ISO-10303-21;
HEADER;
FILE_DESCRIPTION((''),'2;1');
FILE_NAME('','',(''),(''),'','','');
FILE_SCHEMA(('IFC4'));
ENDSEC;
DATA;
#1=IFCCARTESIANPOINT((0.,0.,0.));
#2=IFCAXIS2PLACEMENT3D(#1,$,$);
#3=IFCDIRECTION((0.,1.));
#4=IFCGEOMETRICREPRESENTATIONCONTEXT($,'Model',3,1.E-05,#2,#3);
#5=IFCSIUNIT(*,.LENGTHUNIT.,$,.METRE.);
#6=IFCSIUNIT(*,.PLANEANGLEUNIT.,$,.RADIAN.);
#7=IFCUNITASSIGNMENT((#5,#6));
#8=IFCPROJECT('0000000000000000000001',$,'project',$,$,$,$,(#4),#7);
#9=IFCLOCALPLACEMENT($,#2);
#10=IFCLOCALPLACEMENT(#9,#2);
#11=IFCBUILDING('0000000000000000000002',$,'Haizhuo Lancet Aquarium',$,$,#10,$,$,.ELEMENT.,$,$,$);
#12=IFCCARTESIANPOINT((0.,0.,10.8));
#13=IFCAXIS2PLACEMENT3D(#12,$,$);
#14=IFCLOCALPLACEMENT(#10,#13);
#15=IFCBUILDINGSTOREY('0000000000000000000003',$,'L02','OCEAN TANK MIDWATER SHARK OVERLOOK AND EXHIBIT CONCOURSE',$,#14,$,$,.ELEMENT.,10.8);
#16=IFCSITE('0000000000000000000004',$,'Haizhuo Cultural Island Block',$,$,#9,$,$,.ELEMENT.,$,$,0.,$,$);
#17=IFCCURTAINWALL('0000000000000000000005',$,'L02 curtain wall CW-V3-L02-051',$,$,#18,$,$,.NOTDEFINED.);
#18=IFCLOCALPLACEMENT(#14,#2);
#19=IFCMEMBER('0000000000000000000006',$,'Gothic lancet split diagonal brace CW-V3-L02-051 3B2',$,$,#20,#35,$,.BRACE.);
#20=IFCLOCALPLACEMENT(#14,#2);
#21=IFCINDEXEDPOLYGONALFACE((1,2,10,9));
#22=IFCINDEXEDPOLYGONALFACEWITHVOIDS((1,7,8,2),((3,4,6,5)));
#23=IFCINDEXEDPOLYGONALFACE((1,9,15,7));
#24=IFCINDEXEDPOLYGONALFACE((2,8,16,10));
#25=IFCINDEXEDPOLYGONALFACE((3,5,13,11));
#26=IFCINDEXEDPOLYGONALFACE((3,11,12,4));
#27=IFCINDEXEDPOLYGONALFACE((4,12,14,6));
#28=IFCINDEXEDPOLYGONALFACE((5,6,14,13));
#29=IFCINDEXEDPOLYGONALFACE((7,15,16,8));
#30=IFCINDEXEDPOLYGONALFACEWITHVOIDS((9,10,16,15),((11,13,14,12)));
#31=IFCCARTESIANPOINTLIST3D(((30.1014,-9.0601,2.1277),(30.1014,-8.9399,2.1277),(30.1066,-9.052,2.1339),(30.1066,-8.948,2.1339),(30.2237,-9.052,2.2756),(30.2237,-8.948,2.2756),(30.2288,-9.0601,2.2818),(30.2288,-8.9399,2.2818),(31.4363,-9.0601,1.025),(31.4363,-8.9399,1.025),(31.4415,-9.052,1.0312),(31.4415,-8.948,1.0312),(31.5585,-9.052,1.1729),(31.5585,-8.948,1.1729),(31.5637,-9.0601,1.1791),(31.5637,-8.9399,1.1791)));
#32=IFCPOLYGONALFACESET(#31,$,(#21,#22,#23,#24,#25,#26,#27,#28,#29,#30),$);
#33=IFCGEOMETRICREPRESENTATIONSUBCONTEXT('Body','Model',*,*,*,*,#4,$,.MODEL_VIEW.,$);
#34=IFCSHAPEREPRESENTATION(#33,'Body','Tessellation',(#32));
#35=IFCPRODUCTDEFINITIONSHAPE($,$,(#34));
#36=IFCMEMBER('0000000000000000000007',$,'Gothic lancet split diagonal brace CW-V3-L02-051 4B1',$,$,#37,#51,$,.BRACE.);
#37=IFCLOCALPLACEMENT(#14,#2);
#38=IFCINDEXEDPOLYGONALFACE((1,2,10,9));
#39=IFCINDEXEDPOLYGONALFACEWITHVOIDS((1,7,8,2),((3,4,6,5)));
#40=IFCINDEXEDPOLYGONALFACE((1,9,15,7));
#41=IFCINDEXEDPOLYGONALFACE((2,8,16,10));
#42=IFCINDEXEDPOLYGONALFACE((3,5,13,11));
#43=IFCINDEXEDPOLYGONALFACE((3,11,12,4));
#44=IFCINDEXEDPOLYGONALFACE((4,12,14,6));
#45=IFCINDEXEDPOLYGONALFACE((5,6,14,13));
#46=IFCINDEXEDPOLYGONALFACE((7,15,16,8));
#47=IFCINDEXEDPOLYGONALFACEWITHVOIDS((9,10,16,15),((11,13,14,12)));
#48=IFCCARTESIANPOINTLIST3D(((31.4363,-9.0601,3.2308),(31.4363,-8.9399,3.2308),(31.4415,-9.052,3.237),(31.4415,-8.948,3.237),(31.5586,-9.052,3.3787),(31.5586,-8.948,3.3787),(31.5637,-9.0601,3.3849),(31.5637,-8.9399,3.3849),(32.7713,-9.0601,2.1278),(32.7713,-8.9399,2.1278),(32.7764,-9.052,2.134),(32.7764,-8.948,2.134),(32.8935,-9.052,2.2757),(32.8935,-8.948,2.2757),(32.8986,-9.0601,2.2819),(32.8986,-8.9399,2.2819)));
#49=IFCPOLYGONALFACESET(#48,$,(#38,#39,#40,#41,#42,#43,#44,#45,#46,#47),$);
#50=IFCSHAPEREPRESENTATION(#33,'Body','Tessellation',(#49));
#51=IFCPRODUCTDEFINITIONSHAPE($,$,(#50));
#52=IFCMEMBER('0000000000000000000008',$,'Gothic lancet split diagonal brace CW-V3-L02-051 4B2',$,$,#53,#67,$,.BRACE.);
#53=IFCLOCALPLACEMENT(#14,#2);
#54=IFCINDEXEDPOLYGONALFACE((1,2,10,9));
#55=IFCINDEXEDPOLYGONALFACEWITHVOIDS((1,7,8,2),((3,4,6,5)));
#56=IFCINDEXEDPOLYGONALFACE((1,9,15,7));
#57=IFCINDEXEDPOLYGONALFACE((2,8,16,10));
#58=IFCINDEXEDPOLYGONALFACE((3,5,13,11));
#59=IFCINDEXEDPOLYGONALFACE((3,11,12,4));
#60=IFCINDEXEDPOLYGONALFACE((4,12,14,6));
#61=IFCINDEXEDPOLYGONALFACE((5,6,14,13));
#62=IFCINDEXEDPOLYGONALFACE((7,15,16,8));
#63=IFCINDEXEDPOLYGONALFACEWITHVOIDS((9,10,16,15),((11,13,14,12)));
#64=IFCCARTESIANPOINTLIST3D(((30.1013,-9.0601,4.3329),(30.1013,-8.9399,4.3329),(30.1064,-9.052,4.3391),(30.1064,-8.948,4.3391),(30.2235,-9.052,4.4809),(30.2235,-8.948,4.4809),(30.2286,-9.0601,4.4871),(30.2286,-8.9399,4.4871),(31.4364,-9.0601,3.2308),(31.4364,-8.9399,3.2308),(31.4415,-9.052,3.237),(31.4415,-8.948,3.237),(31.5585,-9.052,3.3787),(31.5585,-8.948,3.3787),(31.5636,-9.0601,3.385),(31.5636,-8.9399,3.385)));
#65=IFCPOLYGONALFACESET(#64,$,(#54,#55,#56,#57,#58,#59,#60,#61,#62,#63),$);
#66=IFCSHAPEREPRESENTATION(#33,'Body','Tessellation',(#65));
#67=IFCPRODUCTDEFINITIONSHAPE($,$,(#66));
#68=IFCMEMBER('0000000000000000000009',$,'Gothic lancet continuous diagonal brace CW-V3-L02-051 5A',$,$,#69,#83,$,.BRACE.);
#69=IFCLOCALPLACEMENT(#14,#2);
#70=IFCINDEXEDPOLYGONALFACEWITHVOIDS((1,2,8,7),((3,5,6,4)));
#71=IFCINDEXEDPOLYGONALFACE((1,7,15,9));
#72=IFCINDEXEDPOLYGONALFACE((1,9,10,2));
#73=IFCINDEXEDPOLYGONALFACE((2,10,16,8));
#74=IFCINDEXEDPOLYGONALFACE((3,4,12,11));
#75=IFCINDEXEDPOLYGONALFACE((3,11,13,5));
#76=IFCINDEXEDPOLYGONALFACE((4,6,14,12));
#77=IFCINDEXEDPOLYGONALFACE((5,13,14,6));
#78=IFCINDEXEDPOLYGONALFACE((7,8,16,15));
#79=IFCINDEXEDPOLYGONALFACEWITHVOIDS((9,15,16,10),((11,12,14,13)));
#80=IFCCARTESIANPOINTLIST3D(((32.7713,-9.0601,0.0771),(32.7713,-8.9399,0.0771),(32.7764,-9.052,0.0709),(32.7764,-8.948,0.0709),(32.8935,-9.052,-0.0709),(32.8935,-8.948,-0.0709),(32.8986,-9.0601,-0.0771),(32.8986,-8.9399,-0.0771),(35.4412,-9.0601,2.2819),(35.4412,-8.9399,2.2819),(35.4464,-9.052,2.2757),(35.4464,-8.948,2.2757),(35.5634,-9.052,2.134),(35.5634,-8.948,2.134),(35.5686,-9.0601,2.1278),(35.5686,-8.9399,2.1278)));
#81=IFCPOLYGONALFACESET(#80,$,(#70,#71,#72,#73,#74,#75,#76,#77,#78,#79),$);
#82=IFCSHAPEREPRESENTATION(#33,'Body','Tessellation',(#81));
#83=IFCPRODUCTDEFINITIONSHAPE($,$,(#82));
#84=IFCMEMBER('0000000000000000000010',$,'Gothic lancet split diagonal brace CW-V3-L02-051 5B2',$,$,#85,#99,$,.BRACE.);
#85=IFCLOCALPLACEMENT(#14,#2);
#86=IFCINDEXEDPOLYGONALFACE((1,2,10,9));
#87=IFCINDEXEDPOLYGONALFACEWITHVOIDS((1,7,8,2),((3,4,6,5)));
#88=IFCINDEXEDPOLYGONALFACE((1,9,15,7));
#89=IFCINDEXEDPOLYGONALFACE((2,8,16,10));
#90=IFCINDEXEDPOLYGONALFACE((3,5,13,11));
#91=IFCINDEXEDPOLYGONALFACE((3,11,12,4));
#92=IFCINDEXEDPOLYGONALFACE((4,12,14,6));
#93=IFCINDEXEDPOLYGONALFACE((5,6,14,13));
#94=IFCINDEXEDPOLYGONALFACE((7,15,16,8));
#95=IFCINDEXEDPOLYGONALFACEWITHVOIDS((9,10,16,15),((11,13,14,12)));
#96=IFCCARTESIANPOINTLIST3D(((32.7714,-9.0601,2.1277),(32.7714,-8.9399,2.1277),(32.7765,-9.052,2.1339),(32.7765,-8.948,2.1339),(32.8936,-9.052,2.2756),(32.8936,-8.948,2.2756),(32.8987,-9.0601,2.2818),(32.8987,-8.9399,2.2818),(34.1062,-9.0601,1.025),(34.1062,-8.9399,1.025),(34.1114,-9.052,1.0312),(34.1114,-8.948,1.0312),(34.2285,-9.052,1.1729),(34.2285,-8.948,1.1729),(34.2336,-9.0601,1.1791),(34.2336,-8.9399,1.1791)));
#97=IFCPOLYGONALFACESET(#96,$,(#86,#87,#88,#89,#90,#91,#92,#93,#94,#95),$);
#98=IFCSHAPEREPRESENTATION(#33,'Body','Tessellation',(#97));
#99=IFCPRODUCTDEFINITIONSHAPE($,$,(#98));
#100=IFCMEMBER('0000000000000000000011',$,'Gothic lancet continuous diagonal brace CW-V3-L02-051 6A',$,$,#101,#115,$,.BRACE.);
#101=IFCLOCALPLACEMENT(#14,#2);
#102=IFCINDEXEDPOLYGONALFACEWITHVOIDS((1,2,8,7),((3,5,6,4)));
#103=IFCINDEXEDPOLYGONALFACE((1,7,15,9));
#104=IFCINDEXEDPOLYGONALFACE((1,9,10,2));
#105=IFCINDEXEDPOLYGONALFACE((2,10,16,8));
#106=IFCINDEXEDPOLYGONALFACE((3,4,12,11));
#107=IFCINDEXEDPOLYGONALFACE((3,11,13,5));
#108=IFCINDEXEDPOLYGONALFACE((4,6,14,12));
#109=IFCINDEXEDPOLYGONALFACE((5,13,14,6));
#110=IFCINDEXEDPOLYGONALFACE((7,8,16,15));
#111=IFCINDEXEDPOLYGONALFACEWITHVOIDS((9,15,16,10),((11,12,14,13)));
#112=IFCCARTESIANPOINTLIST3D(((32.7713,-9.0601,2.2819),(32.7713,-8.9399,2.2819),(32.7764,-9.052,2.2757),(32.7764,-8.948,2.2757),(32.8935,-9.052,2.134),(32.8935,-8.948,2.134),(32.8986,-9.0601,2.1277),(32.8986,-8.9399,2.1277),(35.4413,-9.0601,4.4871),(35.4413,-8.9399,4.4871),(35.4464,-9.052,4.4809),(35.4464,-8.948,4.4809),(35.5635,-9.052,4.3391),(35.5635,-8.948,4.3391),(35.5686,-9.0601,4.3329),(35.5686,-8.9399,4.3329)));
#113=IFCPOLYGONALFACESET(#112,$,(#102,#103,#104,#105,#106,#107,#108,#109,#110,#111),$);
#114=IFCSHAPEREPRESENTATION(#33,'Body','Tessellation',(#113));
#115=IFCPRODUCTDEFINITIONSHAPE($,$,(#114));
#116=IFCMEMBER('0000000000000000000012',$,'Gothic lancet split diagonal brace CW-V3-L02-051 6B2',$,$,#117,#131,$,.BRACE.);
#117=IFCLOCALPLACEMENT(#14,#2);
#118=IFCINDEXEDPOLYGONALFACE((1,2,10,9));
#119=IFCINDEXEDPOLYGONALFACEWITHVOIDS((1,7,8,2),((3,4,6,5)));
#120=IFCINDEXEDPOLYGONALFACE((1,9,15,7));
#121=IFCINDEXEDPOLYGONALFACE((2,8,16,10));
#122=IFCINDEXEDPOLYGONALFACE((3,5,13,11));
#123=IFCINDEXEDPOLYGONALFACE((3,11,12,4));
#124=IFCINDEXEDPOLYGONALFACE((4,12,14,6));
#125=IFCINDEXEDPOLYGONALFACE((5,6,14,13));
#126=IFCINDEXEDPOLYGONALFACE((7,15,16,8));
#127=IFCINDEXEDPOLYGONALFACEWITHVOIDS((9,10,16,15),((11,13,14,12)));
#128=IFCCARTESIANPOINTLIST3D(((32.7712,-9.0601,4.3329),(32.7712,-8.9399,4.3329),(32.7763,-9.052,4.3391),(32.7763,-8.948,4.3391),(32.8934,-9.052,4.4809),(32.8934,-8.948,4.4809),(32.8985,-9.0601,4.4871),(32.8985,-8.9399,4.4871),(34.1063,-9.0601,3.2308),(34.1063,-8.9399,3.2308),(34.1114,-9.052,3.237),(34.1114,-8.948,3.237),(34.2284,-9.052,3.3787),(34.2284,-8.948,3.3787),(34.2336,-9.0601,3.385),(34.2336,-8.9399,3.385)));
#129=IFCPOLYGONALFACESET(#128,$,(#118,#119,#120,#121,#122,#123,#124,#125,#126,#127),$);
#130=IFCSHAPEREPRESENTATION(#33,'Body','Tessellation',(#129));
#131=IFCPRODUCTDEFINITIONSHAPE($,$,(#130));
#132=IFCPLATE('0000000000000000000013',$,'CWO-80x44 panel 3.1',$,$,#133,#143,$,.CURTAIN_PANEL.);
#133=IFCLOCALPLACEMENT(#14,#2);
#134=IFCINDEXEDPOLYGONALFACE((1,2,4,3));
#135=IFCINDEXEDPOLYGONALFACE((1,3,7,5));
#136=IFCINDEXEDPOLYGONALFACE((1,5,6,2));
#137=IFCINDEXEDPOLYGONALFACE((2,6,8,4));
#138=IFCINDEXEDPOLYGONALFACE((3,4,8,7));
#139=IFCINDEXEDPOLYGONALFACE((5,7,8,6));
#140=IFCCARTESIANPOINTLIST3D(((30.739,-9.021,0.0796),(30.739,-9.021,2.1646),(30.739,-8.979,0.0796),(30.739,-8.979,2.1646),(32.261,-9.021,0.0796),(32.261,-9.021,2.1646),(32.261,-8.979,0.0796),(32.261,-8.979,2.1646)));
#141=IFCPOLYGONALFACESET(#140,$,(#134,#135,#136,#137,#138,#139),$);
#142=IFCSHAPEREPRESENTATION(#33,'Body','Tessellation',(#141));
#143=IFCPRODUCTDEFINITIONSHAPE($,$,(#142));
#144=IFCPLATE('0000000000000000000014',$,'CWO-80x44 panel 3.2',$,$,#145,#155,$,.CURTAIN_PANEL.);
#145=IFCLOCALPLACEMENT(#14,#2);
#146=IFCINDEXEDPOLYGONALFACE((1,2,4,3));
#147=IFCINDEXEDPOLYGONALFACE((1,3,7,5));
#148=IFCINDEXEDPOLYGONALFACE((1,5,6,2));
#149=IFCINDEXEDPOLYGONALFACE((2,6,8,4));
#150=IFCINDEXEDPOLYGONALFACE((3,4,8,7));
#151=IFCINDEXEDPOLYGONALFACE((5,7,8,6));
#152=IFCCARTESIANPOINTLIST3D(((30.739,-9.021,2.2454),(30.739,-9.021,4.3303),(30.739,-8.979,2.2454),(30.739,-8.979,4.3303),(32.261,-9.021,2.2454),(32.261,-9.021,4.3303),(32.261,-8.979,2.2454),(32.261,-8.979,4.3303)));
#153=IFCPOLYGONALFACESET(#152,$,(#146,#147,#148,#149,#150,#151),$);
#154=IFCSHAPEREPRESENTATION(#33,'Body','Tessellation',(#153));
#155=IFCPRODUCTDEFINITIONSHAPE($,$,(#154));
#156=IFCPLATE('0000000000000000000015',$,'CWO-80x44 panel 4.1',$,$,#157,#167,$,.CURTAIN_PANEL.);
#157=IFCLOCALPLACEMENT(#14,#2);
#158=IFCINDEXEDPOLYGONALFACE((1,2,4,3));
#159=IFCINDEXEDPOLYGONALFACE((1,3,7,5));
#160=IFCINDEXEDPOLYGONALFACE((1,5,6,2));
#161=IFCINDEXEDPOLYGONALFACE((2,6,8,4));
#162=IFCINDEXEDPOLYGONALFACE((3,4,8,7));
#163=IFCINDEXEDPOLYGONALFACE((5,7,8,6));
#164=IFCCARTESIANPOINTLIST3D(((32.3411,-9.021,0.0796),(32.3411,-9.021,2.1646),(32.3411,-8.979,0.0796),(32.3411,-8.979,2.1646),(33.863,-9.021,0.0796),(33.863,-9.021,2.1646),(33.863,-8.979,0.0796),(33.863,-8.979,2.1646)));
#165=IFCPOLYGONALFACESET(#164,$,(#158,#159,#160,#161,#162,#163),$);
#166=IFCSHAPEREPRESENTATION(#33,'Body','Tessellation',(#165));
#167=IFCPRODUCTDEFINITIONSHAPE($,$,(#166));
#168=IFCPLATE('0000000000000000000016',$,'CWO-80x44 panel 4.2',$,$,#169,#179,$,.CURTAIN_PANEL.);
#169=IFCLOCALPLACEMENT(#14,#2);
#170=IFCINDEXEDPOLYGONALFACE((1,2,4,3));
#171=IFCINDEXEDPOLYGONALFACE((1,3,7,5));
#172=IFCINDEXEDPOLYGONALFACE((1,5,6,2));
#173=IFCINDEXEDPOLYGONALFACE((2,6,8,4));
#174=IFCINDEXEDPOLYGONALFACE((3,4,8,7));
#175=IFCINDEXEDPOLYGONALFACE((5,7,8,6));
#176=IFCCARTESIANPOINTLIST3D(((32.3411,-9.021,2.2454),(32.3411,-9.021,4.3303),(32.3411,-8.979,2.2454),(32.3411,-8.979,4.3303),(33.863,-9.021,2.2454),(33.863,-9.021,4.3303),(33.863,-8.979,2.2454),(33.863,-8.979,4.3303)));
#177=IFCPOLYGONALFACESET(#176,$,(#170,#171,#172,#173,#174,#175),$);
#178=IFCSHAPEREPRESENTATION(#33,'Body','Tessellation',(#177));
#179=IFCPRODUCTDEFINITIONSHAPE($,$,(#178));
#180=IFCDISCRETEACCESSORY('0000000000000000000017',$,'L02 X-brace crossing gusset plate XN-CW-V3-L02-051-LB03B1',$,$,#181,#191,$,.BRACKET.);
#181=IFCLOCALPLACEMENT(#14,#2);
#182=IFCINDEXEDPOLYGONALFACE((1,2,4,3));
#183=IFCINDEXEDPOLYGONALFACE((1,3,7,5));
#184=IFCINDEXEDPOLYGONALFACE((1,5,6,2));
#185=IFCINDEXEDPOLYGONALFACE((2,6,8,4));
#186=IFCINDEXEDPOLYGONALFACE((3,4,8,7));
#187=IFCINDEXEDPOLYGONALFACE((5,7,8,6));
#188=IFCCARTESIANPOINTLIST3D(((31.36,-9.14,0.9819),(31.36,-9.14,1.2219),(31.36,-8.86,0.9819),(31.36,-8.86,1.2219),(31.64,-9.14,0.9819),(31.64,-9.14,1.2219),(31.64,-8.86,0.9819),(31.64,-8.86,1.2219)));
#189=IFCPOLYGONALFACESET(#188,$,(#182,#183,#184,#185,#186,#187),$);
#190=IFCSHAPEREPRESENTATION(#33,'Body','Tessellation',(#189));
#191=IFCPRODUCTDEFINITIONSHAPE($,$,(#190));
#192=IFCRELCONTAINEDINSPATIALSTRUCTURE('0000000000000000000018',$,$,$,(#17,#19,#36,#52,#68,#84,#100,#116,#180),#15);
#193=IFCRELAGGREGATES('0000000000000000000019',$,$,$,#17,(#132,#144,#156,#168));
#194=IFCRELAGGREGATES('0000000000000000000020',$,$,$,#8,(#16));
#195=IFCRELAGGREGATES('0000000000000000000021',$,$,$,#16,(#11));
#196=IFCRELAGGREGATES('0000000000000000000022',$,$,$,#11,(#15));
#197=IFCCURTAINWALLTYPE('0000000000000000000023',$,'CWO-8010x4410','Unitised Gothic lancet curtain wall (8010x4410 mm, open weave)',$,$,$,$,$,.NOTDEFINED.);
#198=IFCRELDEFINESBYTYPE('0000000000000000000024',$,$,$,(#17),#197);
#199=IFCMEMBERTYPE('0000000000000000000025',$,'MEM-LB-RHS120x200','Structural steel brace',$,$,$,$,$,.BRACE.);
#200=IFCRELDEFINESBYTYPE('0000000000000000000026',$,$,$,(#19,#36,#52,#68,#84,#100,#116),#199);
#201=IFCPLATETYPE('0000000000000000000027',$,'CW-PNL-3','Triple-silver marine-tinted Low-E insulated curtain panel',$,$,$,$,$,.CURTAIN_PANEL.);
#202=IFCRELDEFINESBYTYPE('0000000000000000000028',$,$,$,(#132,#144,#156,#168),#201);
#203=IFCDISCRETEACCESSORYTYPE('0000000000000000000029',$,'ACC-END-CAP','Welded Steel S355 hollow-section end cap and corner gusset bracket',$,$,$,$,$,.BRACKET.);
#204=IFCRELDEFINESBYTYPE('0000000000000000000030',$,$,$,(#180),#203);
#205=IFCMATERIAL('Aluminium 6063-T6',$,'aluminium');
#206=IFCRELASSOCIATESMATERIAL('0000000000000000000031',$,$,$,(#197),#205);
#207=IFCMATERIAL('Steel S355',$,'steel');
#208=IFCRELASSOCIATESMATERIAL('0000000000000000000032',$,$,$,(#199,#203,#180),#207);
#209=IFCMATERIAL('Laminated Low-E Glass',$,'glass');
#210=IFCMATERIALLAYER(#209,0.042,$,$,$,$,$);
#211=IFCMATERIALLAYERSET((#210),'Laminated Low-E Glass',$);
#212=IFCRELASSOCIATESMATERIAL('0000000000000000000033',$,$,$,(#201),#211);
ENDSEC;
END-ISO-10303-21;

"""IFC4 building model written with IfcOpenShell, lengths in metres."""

from ifc_helpers import new_model, si_unit, direction, frame, origin, origin_2d, place, context, subcontext, project, spatial, rectangle, hollow_rectangle, extrude, material, layer, layer_set, material_profile, profile_set, type_object, element, aggregate, save


model = new_model("IFC4")

# Units and contexts
model_context = context("Model", 3, precision=1e-05, world=origin(), true_north=direction((0.0, 1.0)))
body_context = subcontext(model_context, "Body", "Model", "MODEL_VIEW")
ifc_project = project(units=[si_unit("LENGTHUNIT", "METRE"), si_unit("PLANEANGLEUNIT", "RADIAN")], contexts=[model_context])

# Site, building, storey
site_placement = place(None, origin())
site = spatial("IfcSite", under=ifc_project, at=site_placement, Name="Haizhuo Cultural Island Block", CompositionType="ELEMENT", RefElevation=0.0)
building_placement = place(site_placement, origin())
building = spatial("IfcBuilding", under=site, at=building_placement, Name="Haizhuo Lancet Aquarium", CompositionType="ELEMENT")
storey_placement = place(building_placement, frame((0.0, 0.0, 10.8)))
storey = spatial("IfcBuildingStorey", under=building, at=storey_placement, Name="L02", Description="OCEAN TANK MIDWATER SHARK OVERLOOK AND EXHIBIT CONCOURSE", CompositionType="ELEMENT", Elevation=10.8)

# Curtain wall
ifc_material_1 = material(Name="Aluminium 6063-T6", Category="aluminium")
curtain_wall_type = type_object("IfcCurtainWallType", Name="CWO-8010x4410", Description="Unitised Gothic lancet curtain wall (8010x4410 mm, open weave)", PredefinedType="NOTDEFINED", material=ifc_material_1)
curtain_wall_placement = place(storey_placement, origin())
curtain_wall = element("IfcCurtainWall", 1, at=curtain_wall_placement, inside=storey, type_object=curtain_wall_type, Name="L02 curtain wall CW-V3-L02-051", PredefinedType="NOTDEFINED")

# Members
ifc_material_2 = material(Name="Steel S355", Category="steel")
ifc_material_profile_1 = material_profile(ifc_material_2, hollow_rectangle(XDim=0.1201, YDim=0.2, WallThickness=0.0081, at=origin_2d()), Name="RHS 120x200x8")
ifc_profile_set_1 = profile_set([ifc_material_profile_1], Name="Steel S355")
member_type_1 = type_object("IfcMemberType", Name="MEM-LB-RHS120x200", Description="Structural steel brace", PredefinedType="BRACE", material=ifc_profile_set_1)
member_1_placement = place(storey_placement, frame((31.5, -9.0, 1.1021), z_axis=(-0.770965, 0.0, 0.636878), x_axis=(0.0, -1.0, 0.0)))
element("IfcMember", 2, at=member_1_placement, inside=storey, type_object=member_type_1, Name="Gothic lancet split diagonal brace CW-V3-L02-051 3B2", PredefinedType="BRACE", context=body_context, shape_type="SweptSolid", body=[
    extrude(hollow_rectangle(XDim=0.1201, YDim=0.2, WallThickness=0.0081, at=origin_2d()), origin(), (0.0, 0.0, 1.0), 1.7314),
])
member_2_placement = place(storey_placement, frame((32.835, -9.0, 2.2048), z_axis=(-0.770896, 0.0, 0.636962), x_axis=(0.0, -1.0, 0.0)))
element("IfcMember", 3, at=member_2_placement, inside=storey, type_object=member_type_1, Name="Gothic lancet split diagonal brace CW-V3-L02-051 4B1", PredefinedType="BRACE", context=body_context, shape_type="SweptSolid", body=[
    extrude(hollow_rectangle(XDim=0.1201, YDim=0.2, WallThickness=0.0081, at=origin_2d()), origin(), (0.0, 0.0, 1.0), 1.7317),
])
member_3_placement = place(storey_placement, frame((31.5, -9.0, 3.3079), z_axis=(-0.771172, 0.0, 0.636626), x_axis=(0.0, -1.0, 0.0)))
element("IfcMember", 4, at=member_3_placement, inside=storey, type_object=member_type_1, Name="Gothic lancet split diagonal brace CW-V3-L02-051 4B2", PredefinedType="BRACE", context=body_context, shape_type="SweptSolid", body=[
    extrude(hollow_rectangle(XDim=0.1201, YDim=0.2, WallThickness=0.0081, at=origin_2d()), origin(), (0.0, 0.0, 1.0), 1.7312),
])
member_4_placement = place(storey_placement, frame((32.835, -9.0, 0.0), z_axis=(0.771069, 0.0, 0.636752), x_axis=(0.0, 1.0, 0.0)))
element("IfcMember", 5, at=member_4_placement, inside=storey, type_object=member_type_1, Name="Gothic lancet continuous diagonal brace CW-V3-L02-051 5A", PredefinedType="BRACE", context=body_context, shape_type="SweptSolid", body=[
    extrude(hollow_rectangle(XDim=0.1201, YDim=0.2, WallThickness=0.0081, at=origin_2d()), origin(), (0.0, 0.0, 1.0), 3.4626),
])
member_5_placement = place(storey_placement, frame((34.1699, -9.0, 1.1021), z_axis=(-0.770965, 0.0, 0.636878), x_axis=(0.0, -1.0, 0.0)))
element("IfcMember", 6, at=member_5_placement, inside=storey, type_object=member_type_1, Name="Gothic lancet split diagonal brace CW-V3-L02-051 5B2", PredefinedType="BRACE", context=body_context, shape_type="SweptSolid", body=[
    extrude(hollow_rectangle(XDim=0.1201, YDim=0.2, WallThickness=0.0081, at=origin_2d()), origin(), (0.0, 0.0, 1.0), 1.7314),
])
member_6_placement = place(storey_placement, frame((32.835, -9.0, 2.2048), z_axis=(0.771034, 0.0, 0.636794), x_axis=(0.0, 1.0, 0.0)))
element("IfcMember", 7, at=member_6_placement, inside=storey, type_object=member_type_1, Name="Gothic lancet continuous diagonal brace CW-V3-L02-051 6A", PredefinedType="BRACE", context=body_context, shape_type="SweptSolid", body=[
    extrude(hollow_rectangle(XDim=0.1201, YDim=0.2, WallThickness=0.0081, at=origin_2d()), origin(), (0.0, 0.0, 1.0), 3.4629),
])
member_7_placement = place(storey_placement, frame((34.1699, -9.0, 3.3079), z_axis=(-0.771172, 0.0, 0.636626), x_axis=(0.0, -1.0, 0.0)))
element("IfcMember", 8, at=member_7_placement, inside=storey, type_object=member_type_1, Name="Gothic lancet split diagonal brace CW-V3-L02-051 6B2", PredefinedType="BRACE", context=body_context, shape_type="SweptSolid", body=[
    extrude(hollow_rectangle(XDim=0.1201, YDim=0.2, WallThickness=0.0081, at=origin_2d()), origin(), (0.0, 0.0, 1.0), 1.7312),
])

# Plates
ifc_material_3 = material(Name="Laminated Low-E Glass", Category="glass")
ifc_layer = layer(ifc_material_3, 0.042)
ifc_layer_set = layer_set([ifc_layer], Name="Laminated Low-E Glass")
plate_type = type_object("IfcPlateType", Name="CW-PNL-3", Description="Triple-silver marine-tinted Low-E insulated curtain panel", PredefinedType="CURTAIN_PANEL", material=ifc_layer_set)
plate_1_placement = place(storey_placement, frame((31.5, -9.0, 0.0796), z_axis=(0.0, 0.0, 1.0), x_axis=(1.0, 0.0, 0.0)))
plate_1 = element("IfcPlate", 9, at=plate_1_placement, type_object=plate_type, Name="CWO-80x44 panel 3.1", PredefinedType="CURTAIN_PANEL", context=body_context, shape_type="SweptSolid", body=[
    extrude(rectangle(XDim=1.522, YDim=0.042, at=origin_2d()), origin(), (0.0, 0.0, 1.0), 2.085),
])
plate_2_placement = place(storey_placement, frame((31.5, -9.0, 2.2454), z_axis=(0.0, 0.0, 1.0), x_axis=(1.0, 0.0, 0.0)))
plate_2 = element("IfcPlate", 10, at=plate_2_placement, type_object=plate_type, Name="CWO-80x44 panel 3.2", PredefinedType="CURTAIN_PANEL", context=body_context, shape_type="SweptSolid", body=[
    extrude(rectangle(XDim=1.522, YDim=0.042, at=origin_2d()), origin(), (0.0, 0.0, 1.0), 2.085),
])
plate_3_placement = place(storey_placement, frame((33.1021, -9.0, 0.0796), z_axis=(0.0, 0.0, 1.0), x_axis=(1.0, 0.0, 0.0)))
plate_3 = element("IfcPlate", 11, at=plate_3_placement, type_object=plate_type, Name="CWO-80x44 panel 4.1", PredefinedType="CURTAIN_PANEL", context=body_context, shape_type="SweptSolid", body=[
    extrude(rectangle(XDim=1.522, YDim=0.042, at=origin_2d()), origin(), (0.0, 0.0, 1.0), 2.085),
])
plate_4_placement = place(storey_placement, frame((33.1021, -9.0, 2.2454), z_axis=(0.0, 0.0, 1.0), x_axis=(1.0, 0.0, 0.0)))
plate_4 = element("IfcPlate", 12, at=plate_4_placement, type_object=plate_type, Name="CWO-80x44 panel 4.2", PredefinedType="CURTAIN_PANEL", context=body_context, shape_type="SweptSolid", body=[
    extrude(rectangle(XDim=1.522, YDim=0.042, at=origin_2d()), origin(), (0.0, 0.0, 1.0), 2.085),
])
aggregate(curtain_wall, [plate_1, plate_2, plate_3, plate_4])

# Discrete accessory
discrete_accessory_type = type_object("IfcDiscreteAccessoryType", Name="ACC-END-CAP", Description="Welded Steel S355 hollow-section end cap and corner gusset bracket", PredefinedType="BRACKET", material=ifc_material_2)
for number, where, z_axis, x_axis, name in (
    (13, (31.5, -9.0, 0.9819), (0.0, 0.0, 1.0), (1.0, 0.0, 0.0), "L02 X-brace crossing gusset plate XN-CW-V3-L02-051-LB03B1"),
):
    element("IfcDiscreteAccessory", number, at=place(storey_placement, frame(where, z_axis=z_axis, x_axis=x_axis)), inside=storey, type_object=discrete_accessory_type, material=ifc_material_2, Name=name, PredefinedType="BRACKET", context=body_context, shape_type="SweptSolid", body=[
        extrude(rectangle(XDim=0.28, YDim=0.28, at=origin_2d()), origin(), (0.0, 0.0, 1.0), 0.24),
    ])

save(model, "model.ifc")
